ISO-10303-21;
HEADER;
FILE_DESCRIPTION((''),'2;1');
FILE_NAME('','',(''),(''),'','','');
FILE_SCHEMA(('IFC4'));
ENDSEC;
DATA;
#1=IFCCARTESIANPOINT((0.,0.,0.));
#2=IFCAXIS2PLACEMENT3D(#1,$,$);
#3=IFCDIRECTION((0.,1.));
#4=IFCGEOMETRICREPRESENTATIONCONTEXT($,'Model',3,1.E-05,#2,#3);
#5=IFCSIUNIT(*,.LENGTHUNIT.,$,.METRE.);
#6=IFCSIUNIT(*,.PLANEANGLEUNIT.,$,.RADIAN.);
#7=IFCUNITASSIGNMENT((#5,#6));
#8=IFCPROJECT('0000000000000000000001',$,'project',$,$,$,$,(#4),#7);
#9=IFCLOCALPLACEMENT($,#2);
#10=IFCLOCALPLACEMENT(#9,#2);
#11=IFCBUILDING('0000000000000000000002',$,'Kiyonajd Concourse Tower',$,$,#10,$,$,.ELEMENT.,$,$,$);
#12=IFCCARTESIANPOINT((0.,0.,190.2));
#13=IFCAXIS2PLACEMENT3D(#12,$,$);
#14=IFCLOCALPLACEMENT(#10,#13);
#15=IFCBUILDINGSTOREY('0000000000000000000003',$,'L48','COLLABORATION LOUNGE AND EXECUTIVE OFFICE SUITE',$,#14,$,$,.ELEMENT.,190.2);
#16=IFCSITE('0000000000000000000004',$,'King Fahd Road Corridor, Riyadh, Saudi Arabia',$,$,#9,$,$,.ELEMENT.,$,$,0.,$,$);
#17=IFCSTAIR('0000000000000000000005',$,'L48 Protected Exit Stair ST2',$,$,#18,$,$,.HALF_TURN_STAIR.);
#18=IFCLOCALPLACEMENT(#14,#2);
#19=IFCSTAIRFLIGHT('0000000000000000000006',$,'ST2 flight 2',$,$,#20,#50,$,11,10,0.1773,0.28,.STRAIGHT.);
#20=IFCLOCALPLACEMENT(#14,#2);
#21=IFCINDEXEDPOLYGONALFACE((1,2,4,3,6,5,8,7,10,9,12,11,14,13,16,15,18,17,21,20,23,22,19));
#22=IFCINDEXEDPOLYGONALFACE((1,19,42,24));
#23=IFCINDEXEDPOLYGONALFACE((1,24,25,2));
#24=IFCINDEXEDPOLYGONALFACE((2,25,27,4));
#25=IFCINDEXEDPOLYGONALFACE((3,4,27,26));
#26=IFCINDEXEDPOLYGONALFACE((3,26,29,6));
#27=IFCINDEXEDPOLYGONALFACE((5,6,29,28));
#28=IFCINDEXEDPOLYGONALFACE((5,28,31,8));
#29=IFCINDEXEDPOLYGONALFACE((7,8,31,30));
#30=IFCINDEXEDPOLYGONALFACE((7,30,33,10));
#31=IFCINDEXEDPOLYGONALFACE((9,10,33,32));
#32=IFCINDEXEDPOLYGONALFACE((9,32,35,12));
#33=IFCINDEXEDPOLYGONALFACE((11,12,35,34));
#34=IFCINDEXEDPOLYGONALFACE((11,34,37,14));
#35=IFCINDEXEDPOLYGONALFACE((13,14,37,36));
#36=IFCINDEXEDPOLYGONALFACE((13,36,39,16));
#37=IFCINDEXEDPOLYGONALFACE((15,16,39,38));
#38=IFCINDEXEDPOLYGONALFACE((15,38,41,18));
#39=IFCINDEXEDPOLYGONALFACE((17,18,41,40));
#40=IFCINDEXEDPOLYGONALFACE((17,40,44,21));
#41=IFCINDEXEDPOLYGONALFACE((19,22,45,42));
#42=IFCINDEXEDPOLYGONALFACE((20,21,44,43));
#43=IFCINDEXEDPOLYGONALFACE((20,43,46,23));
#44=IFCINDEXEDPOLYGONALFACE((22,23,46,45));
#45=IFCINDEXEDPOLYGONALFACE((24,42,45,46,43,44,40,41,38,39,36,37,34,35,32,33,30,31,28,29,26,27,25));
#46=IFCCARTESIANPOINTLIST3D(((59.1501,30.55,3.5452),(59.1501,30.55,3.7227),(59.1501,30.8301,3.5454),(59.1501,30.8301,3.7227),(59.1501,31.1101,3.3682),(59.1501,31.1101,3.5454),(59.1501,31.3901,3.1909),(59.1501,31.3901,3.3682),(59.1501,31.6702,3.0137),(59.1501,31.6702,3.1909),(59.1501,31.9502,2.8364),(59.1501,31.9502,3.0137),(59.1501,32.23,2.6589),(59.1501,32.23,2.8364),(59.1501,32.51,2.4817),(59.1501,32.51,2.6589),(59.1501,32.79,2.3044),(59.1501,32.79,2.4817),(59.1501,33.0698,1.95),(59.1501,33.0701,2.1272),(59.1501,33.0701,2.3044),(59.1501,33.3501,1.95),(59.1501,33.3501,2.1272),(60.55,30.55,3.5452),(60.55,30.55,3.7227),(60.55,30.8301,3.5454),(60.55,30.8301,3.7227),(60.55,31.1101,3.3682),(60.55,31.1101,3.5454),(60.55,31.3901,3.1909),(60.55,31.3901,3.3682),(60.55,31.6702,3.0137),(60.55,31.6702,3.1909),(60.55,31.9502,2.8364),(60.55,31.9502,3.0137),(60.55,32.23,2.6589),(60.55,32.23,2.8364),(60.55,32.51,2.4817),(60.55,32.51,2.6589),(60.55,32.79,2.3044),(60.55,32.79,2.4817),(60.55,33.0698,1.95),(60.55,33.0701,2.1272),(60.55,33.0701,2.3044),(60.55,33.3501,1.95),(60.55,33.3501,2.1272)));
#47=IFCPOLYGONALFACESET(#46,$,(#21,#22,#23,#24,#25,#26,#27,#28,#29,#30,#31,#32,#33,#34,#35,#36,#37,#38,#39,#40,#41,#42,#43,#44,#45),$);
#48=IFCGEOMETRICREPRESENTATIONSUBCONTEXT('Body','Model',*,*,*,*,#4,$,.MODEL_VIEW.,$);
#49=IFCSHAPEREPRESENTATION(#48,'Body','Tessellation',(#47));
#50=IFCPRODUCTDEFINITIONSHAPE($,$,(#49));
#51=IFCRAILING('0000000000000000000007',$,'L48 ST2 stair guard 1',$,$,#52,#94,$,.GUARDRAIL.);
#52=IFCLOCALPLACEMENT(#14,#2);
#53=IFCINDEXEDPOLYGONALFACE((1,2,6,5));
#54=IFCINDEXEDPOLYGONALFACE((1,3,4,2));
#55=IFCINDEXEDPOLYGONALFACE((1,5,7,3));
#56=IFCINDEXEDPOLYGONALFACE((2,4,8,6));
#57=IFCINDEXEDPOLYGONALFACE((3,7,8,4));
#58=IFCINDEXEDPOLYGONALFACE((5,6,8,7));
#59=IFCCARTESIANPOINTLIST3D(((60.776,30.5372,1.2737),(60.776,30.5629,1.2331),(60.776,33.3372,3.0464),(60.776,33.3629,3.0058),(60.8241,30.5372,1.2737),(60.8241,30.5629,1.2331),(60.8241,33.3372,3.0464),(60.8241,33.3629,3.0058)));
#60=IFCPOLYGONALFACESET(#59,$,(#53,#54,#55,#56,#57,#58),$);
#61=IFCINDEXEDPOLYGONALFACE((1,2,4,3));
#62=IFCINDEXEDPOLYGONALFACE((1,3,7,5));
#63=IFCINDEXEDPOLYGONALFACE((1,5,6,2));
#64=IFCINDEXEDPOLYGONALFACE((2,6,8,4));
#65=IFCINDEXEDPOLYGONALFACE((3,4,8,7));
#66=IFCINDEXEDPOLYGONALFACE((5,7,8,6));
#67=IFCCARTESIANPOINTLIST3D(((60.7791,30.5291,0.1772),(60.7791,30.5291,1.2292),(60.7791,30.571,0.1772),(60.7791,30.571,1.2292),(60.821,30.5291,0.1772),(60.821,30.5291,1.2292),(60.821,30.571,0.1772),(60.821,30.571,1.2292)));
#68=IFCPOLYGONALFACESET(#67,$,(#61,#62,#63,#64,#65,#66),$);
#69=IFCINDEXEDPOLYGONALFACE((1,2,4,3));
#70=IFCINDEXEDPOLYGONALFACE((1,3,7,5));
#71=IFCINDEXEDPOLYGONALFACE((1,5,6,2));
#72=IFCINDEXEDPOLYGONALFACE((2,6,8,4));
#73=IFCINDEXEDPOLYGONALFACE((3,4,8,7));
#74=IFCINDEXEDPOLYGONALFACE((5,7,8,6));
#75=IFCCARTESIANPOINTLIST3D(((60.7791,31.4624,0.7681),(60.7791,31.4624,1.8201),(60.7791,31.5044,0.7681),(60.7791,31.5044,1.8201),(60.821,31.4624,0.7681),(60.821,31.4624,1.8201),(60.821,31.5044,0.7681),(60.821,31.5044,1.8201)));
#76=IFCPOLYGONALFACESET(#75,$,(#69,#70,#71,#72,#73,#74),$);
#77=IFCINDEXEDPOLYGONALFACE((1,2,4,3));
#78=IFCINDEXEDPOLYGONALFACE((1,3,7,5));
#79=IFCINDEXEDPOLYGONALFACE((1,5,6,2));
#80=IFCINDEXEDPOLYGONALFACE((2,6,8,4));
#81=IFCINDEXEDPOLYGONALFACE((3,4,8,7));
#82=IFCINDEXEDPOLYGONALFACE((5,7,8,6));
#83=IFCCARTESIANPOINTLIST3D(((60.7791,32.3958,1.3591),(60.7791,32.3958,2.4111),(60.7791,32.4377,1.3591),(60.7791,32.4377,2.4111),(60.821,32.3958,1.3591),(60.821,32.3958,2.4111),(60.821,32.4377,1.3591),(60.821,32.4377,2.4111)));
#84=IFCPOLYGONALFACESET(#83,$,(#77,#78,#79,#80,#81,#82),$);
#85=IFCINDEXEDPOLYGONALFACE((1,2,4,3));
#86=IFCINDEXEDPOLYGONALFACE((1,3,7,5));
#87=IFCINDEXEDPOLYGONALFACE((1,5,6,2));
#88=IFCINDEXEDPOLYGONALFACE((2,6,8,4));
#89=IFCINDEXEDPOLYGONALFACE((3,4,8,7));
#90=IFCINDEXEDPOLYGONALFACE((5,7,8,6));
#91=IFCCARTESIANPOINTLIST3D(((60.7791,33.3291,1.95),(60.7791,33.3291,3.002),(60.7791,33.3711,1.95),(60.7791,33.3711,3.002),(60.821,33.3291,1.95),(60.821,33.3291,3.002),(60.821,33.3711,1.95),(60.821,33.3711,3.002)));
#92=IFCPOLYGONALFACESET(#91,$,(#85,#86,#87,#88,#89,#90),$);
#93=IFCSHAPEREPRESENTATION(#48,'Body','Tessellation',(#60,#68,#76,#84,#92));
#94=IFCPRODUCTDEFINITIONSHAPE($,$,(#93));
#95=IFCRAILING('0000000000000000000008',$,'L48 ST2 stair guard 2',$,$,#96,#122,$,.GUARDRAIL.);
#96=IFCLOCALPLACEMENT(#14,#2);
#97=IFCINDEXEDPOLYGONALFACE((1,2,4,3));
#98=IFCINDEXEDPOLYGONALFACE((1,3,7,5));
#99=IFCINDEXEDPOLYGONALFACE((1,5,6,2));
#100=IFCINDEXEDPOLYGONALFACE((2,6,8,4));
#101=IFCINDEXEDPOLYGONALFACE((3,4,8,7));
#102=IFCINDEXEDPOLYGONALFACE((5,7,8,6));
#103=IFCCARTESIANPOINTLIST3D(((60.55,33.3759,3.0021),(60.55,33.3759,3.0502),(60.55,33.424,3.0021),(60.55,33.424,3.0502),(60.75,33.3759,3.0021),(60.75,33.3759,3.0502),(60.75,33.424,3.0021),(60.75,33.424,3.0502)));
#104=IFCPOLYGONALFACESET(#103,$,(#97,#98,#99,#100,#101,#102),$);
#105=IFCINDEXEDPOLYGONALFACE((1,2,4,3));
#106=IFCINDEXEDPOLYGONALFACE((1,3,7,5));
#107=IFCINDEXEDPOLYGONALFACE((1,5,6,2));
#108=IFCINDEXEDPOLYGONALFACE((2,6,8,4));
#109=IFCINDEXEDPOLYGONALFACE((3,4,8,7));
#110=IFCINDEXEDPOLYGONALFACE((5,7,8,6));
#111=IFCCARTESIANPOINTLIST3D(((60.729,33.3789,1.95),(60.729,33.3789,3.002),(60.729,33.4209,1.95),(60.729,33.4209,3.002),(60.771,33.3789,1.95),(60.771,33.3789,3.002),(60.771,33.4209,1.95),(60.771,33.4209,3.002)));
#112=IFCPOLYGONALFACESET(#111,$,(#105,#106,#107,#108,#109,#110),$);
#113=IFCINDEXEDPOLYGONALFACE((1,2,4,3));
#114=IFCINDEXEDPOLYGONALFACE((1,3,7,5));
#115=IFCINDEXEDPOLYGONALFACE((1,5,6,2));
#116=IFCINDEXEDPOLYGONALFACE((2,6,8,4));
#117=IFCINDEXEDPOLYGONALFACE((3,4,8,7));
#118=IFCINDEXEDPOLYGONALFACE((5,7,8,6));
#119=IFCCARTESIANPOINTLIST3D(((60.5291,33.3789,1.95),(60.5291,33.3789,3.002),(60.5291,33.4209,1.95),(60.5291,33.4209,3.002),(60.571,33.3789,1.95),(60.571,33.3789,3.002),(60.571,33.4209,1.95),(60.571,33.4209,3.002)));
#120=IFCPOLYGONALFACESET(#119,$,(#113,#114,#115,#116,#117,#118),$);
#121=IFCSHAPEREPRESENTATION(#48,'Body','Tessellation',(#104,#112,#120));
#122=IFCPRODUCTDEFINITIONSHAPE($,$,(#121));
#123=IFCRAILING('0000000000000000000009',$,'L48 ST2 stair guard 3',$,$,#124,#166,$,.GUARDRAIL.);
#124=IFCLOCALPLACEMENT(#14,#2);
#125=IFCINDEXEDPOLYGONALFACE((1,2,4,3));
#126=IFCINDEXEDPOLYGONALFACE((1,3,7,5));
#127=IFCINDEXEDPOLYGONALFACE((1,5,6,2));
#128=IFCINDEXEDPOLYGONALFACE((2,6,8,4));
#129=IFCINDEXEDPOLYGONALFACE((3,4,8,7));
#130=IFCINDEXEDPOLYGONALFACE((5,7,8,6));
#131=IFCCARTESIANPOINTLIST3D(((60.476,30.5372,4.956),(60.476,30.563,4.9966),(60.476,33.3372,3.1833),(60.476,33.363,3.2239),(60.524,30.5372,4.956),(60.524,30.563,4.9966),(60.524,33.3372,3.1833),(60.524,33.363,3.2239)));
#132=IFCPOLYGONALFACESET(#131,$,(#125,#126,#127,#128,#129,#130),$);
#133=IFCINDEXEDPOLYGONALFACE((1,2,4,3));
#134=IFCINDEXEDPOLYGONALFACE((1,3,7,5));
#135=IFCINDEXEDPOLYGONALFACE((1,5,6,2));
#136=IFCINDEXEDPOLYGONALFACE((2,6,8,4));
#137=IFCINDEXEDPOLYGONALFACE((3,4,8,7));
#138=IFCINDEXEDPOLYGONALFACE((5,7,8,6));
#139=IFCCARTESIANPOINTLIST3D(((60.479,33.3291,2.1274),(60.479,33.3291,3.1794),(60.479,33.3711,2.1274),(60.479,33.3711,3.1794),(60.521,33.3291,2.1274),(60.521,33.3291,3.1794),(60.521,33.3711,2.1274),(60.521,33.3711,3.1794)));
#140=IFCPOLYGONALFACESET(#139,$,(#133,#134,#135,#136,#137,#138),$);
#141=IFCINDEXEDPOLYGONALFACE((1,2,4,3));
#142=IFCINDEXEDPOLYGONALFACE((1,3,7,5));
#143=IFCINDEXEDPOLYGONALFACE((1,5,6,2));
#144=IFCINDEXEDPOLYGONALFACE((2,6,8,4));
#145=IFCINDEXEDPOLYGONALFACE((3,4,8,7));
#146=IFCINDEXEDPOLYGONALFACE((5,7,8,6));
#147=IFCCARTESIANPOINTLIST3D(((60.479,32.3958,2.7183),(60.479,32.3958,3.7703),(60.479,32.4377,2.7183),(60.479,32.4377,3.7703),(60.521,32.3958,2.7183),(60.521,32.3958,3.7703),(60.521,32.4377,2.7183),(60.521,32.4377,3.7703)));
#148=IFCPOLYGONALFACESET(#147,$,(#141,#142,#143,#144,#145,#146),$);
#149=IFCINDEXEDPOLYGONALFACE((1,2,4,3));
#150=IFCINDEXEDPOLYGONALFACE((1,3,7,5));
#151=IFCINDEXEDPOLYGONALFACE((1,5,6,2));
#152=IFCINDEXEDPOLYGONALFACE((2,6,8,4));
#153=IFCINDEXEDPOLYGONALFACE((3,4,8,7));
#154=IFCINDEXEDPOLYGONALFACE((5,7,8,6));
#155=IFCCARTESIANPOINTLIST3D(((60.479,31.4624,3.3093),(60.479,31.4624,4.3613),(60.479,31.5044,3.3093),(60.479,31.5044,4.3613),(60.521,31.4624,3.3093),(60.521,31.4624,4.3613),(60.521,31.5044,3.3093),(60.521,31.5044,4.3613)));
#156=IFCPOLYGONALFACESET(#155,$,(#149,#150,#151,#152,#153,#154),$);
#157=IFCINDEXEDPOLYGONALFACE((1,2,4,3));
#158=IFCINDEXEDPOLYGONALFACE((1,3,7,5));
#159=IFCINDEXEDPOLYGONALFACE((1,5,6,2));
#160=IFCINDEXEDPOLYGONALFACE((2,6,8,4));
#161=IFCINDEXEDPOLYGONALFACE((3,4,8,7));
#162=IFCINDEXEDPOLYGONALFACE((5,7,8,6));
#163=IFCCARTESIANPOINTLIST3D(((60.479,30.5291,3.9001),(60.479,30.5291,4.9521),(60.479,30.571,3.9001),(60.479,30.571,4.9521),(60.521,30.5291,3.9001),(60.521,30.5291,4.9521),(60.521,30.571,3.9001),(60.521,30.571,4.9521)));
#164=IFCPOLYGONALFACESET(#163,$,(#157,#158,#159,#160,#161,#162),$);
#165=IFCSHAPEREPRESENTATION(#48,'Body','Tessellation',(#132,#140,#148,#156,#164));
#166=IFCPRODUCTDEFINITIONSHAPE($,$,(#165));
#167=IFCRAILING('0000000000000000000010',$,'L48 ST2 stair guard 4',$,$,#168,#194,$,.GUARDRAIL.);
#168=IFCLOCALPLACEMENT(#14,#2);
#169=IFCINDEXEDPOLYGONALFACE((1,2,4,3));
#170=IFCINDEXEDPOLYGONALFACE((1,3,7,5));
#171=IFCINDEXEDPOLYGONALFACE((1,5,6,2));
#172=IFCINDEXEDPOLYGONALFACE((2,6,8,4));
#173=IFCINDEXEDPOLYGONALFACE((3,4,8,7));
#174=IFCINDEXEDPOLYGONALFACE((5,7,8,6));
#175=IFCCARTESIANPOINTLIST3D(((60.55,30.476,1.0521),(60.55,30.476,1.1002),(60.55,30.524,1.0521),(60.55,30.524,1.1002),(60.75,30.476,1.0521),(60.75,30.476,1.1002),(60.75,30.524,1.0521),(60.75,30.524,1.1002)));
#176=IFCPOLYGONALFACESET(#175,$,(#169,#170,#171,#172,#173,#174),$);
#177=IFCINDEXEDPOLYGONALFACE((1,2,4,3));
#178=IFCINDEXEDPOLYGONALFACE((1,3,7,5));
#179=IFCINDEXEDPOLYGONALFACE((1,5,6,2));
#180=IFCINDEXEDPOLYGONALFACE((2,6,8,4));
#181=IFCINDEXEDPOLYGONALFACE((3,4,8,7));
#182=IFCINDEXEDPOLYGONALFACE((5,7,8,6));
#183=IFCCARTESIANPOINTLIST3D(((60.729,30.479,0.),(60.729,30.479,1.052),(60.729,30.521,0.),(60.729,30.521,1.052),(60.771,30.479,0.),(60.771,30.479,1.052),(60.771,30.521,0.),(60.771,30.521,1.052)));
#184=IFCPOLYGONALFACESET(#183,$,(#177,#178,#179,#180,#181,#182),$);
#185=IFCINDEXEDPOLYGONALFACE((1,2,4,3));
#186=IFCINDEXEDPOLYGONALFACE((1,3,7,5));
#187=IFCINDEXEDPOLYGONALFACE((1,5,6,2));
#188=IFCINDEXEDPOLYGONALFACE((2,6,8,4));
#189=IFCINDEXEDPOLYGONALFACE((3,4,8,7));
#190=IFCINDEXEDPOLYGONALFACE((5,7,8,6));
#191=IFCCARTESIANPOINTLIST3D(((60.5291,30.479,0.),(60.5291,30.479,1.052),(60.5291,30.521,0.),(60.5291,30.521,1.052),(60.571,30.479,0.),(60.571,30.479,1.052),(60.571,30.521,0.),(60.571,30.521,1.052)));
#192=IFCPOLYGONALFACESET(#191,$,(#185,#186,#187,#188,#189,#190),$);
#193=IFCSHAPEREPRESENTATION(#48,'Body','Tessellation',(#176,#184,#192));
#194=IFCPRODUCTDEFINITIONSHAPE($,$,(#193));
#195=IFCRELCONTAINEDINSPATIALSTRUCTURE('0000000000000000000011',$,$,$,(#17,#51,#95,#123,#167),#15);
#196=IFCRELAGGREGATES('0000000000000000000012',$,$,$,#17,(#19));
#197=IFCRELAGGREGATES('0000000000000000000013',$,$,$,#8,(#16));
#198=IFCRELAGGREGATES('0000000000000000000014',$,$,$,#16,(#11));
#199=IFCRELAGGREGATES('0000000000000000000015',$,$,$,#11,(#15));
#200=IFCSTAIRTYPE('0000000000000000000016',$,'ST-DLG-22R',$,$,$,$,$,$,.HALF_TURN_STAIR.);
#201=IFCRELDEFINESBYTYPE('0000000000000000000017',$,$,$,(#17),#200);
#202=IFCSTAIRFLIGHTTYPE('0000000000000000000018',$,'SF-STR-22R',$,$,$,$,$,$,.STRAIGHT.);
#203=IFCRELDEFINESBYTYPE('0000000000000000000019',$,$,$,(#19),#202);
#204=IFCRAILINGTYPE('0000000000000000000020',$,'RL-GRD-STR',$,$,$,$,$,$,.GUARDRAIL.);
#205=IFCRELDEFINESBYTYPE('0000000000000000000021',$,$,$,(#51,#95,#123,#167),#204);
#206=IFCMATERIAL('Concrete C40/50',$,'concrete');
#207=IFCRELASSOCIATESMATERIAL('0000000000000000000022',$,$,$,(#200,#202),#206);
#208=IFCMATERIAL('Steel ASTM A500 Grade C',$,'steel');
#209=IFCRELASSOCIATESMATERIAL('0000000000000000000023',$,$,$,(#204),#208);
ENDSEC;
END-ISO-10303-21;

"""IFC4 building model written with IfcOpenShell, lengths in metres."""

from ifc_helpers import new_model, si_unit, direction, frame, origin, origin_2d, place, context, subcontext, project, spatial, polyline, rectangle, outline, extrude, material, type_object, element, aggregate, save


model = new_model("IFC4")

# Units and contexts
model_context = context("Model", 3, precision=1e-05, world=origin(), true_north=direction((0.0, 1.0)))
body_context = subcontext(model_context, "Body", "Model", "MODEL_VIEW")
ifc_project = project(units=[si_unit("LENGTHUNIT", "METRE"), si_unit("PLANEANGLEUNIT", "RADIAN")], contexts=[model_context])

# Site, building, storey
site_placement = place(None, origin())
site = spatial("IfcSite", under=ifc_project, at=site_placement, Name="King Fahd Road Corridor, Riyadh, Saudi Arabia", CompositionType="ELEMENT", RefElevation=0.0)
building_placement = place(site_placement, origin())
building = spatial("IfcBuilding", under=site, at=building_placement, Name="Kiyonajd Concourse Tower", CompositionType="ELEMENT")
storey_placement = place(building_placement, frame((0.0, 0.0, 190.2)))
storey = spatial("IfcBuildingStorey", under=building, at=storey_placement, Name="L48", Description="COLLABORATION LOUNGE AND EXECUTIVE OFFICE SUITE", CompositionType="ELEMENT", Elevation=190.2)

# Stair, stair flight
ifc_material_1 = material(Name="Concrete C40/50", Category="concrete")
stair_type = type_object("IfcStairType", Name="ST-DLG-22R", PredefinedType="HALF_TURN_STAIR", material=ifc_material_1)
stair_placement = place(storey_placement, origin())
stair = element("IfcStair", 1, at=stair_placement, inside=storey, type_object=stair_type, Name="L48 Protected Exit Stair ST2", PredefinedType="HALF_TURN_STAIR")
stair_flight_type = type_object("IfcStairFlightType", Name="SF-STR-22R", PredefinedType="STRAIGHT", material=ifc_material_1)
stair_flight_1_placement = place(storey_placement, frame((59.8501, 33.3501, 1.95), z_axis=(0.0, 0.0, 1.0), x_axis=(0.0, -1.0, 0.0)))
stair_flight_1 = element("IfcStairFlight", 2, at=stair_flight_1_placement, type_object=stair_flight_type, Name="ST2 flight 2", NumberOfRisers=11, NumberOfTreads=10, PredefinedType="STRAIGHT", RiserHeight=0.1773, TreadLength=0.28, context=body_context, shape_type="SweptSolid", body=[
    extrude(outline(polyline([(0.0, 0.0), (0.0, 0.1772), (0.28, 0.1772), (0.28, 0.3545), (0.5601, 0.3545), (0.5601, 0.5317), (0.8401, 0.5317), (0.8401, 0.709), (1.1201, 0.709), (1.1201, 0.8865), (1.3999, 0.8865), (1.3999, 1.0637), (1.6799, 1.0637), (1.6799, 1.241), (1.96, 1.241), (1.96, 1.4182), (2.24, 1.4182), (2.24, 1.5955), (2.52, 1.5955), (2.52, 1.7727), (2.8, 1.7727), (2.8, 1.95), (2.8, 1.5952), (0.2803, 0.0), (0.0, 0.0)])), frame((0.0, 0.7, 0.0), z_axis=(0.0, -1.0, 0.0), x_axis=(1.0, 0.0, 0.0)), (0.0, 0.0, 1.0), 1.3999),
])
aggregate(stair, [stair_flight_1])

# Railings
ifc_material_2 = material(Name="Steel ASTM A500 Grade C", Category="steel")
railing_type_1 = type_object("IfcRailingType", Name="RL-GRD-STR", PredefinedType="GUARDRAIL", material=ifc_material_2)
railing_1_placement = place(storey_placement, frame((60.8, 30.55, 0.1772)))
element("IfcRailing", 3, at=railing_1_placement, inside=storey, type_object=railing_type_1, Name="L48 ST2 stair guard 1", PredefinedType="GUARDRAIL", context=body_context, shape_type="SweptSolid", body=[
    extrude(rectangle(XDim=0.0481, YDim=0.0481, at=origin_2d()), frame((0.0, 0.0, 1.0762), z_axis=(0.0, 0.844909, 0.53491), x_axis=(-1.0, 0.0, 0.0)), (0.0, 0.0, 1.0), 3.314),
    extrude(rectangle(XDim=0.042, YDim=0.042, at=origin_2d()), origin(), (0.0, 0.0, 1.0), 1.052),
    extrude(rectangle(XDim=0.042, YDim=0.042, at=origin_2d()), frame((0.0, 0.9333, 0.5908)), (0.0, 0.0, 1.0), 1.052),
    extrude(rectangle(XDim=0.042, YDim=0.042, at=origin_2d()), frame((0.0, 1.8667, 1.1819)), (0.0, 0.0, 1.0), 1.052),
    extrude(rectangle(XDim=0.042, YDim=0.042, at=origin_2d()), frame((0.0, 2.8, 1.7727)), (0.0, 0.0, 1.0), 1.052),
])
railing_2_placement = place(storey_placement, frame((60.75, 33.3999, 1.95)))
element("IfcRailing", 4, at=railing_2_placement, inside=storey, type_object=railing_type_1, Name="L48 ST2 stair guard 2", PredefinedType="GUARDRAIL", context=body_context, shape_type="SweptSolid", body=[
    extrude(rectangle(XDim=0.0481, YDim=0.0481, at=origin_2d()), frame((0.0, 0.0, 1.0762), z_axis=(-1.0, 0.0, 0.0), x_axis=(0.0, -1.0, 0.0)), (0.0, 0.0, 1.0), 0.2),
    extrude(rectangle(XDim=0.042, YDim=0.042, at=origin_2d()), origin(), (0.0, 0.0, 1.0), 1.052),
    extrude(rectangle(XDim=0.042, YDim=0.042, at=origin_2d()), frame((-0.2, 0.0, 0.0)), (0.0, 0.0, 1.0), 1.052),
])
railing_3_placement = place(storey_placement, frame((60.5, 33.3501, 2.1274)))
element("IfcRailing", 5, at=railing_3_placement, inside=storey, type_object=railing_type_1, Name="L48 ST2 stair guard 3", PredefinedType="GUARDRAIL", context=body_context, shape_type="SweptSolid", body=[
    extrude(rectangle(XDim=0.0481, YDim=0.0481, at=origin_2d()), frame((0.0, 0.0, 1.0762), z_axis=(0.0, -0.844909, 0.53491), x_axis=(1.0, 0.0, 0.0)), (0.0, 0.0, 1.0), 3.314),
    extrude(rectangle(XDim=0.042, YDim=0.042, at=origin_2d()), origin(), (0.0, 0.0, 1.0), 1.052),
    extrude(rectangle(XDim=0.042, YDim=0.042, at=origin_2d()), frame((0.0, -0.9333, 0.5908)), (0.0, 0.0, 1.0), 1.052),
    extrude(rectangle(XDim=0.042, YDim=0.042, at=origin_2d()), frame((0.0, -1.8667, 1.1819)), (0.0, 0.0, 1.0), 1.052),
    extrude(rectangle(XDim=0.042, YDim=0.042, at=origin_2d()), frame((0.0, -2.8, 1.7727)), (0.0, 0.0, 1.0), 1.052),
])
railing_4_placement = place(storey_placement, frame((60.75, 30.5, 0.0)))
element("IfcRailing", 6, at=railing_4_placement, inside=storey, type_object=railing_type_1, Name="L48 ST2 stair guard 4", PredefinedType="GUARDRAIL", context=body_context, shape_type="SweptSolid", body=[
    extrude(rectangle(XDim=0.0481, YDim=0.0481, at=origin_2d()), frame((0.0, 0.0, 1.0762), z_axis=(-1.0, 0.0, 0.0), x_axis=(0.0, -1.0, 0.0)), (0.0, 0.0, 1.0), 0.2),
    extrude(rectangle(XDim=0.042, YDim=0.042, at=origin_2d()), origin(), (0.0, 0.0, 1.0), 1.052),
    extrude(rectangle(XDim=0.042, YDim=0.042, at=origin_2d()), frame((-0.2, 0.0, 0.0)), (0.0, 0.0, 1.0), 1.052),
])

save(model, "model.ifc")
